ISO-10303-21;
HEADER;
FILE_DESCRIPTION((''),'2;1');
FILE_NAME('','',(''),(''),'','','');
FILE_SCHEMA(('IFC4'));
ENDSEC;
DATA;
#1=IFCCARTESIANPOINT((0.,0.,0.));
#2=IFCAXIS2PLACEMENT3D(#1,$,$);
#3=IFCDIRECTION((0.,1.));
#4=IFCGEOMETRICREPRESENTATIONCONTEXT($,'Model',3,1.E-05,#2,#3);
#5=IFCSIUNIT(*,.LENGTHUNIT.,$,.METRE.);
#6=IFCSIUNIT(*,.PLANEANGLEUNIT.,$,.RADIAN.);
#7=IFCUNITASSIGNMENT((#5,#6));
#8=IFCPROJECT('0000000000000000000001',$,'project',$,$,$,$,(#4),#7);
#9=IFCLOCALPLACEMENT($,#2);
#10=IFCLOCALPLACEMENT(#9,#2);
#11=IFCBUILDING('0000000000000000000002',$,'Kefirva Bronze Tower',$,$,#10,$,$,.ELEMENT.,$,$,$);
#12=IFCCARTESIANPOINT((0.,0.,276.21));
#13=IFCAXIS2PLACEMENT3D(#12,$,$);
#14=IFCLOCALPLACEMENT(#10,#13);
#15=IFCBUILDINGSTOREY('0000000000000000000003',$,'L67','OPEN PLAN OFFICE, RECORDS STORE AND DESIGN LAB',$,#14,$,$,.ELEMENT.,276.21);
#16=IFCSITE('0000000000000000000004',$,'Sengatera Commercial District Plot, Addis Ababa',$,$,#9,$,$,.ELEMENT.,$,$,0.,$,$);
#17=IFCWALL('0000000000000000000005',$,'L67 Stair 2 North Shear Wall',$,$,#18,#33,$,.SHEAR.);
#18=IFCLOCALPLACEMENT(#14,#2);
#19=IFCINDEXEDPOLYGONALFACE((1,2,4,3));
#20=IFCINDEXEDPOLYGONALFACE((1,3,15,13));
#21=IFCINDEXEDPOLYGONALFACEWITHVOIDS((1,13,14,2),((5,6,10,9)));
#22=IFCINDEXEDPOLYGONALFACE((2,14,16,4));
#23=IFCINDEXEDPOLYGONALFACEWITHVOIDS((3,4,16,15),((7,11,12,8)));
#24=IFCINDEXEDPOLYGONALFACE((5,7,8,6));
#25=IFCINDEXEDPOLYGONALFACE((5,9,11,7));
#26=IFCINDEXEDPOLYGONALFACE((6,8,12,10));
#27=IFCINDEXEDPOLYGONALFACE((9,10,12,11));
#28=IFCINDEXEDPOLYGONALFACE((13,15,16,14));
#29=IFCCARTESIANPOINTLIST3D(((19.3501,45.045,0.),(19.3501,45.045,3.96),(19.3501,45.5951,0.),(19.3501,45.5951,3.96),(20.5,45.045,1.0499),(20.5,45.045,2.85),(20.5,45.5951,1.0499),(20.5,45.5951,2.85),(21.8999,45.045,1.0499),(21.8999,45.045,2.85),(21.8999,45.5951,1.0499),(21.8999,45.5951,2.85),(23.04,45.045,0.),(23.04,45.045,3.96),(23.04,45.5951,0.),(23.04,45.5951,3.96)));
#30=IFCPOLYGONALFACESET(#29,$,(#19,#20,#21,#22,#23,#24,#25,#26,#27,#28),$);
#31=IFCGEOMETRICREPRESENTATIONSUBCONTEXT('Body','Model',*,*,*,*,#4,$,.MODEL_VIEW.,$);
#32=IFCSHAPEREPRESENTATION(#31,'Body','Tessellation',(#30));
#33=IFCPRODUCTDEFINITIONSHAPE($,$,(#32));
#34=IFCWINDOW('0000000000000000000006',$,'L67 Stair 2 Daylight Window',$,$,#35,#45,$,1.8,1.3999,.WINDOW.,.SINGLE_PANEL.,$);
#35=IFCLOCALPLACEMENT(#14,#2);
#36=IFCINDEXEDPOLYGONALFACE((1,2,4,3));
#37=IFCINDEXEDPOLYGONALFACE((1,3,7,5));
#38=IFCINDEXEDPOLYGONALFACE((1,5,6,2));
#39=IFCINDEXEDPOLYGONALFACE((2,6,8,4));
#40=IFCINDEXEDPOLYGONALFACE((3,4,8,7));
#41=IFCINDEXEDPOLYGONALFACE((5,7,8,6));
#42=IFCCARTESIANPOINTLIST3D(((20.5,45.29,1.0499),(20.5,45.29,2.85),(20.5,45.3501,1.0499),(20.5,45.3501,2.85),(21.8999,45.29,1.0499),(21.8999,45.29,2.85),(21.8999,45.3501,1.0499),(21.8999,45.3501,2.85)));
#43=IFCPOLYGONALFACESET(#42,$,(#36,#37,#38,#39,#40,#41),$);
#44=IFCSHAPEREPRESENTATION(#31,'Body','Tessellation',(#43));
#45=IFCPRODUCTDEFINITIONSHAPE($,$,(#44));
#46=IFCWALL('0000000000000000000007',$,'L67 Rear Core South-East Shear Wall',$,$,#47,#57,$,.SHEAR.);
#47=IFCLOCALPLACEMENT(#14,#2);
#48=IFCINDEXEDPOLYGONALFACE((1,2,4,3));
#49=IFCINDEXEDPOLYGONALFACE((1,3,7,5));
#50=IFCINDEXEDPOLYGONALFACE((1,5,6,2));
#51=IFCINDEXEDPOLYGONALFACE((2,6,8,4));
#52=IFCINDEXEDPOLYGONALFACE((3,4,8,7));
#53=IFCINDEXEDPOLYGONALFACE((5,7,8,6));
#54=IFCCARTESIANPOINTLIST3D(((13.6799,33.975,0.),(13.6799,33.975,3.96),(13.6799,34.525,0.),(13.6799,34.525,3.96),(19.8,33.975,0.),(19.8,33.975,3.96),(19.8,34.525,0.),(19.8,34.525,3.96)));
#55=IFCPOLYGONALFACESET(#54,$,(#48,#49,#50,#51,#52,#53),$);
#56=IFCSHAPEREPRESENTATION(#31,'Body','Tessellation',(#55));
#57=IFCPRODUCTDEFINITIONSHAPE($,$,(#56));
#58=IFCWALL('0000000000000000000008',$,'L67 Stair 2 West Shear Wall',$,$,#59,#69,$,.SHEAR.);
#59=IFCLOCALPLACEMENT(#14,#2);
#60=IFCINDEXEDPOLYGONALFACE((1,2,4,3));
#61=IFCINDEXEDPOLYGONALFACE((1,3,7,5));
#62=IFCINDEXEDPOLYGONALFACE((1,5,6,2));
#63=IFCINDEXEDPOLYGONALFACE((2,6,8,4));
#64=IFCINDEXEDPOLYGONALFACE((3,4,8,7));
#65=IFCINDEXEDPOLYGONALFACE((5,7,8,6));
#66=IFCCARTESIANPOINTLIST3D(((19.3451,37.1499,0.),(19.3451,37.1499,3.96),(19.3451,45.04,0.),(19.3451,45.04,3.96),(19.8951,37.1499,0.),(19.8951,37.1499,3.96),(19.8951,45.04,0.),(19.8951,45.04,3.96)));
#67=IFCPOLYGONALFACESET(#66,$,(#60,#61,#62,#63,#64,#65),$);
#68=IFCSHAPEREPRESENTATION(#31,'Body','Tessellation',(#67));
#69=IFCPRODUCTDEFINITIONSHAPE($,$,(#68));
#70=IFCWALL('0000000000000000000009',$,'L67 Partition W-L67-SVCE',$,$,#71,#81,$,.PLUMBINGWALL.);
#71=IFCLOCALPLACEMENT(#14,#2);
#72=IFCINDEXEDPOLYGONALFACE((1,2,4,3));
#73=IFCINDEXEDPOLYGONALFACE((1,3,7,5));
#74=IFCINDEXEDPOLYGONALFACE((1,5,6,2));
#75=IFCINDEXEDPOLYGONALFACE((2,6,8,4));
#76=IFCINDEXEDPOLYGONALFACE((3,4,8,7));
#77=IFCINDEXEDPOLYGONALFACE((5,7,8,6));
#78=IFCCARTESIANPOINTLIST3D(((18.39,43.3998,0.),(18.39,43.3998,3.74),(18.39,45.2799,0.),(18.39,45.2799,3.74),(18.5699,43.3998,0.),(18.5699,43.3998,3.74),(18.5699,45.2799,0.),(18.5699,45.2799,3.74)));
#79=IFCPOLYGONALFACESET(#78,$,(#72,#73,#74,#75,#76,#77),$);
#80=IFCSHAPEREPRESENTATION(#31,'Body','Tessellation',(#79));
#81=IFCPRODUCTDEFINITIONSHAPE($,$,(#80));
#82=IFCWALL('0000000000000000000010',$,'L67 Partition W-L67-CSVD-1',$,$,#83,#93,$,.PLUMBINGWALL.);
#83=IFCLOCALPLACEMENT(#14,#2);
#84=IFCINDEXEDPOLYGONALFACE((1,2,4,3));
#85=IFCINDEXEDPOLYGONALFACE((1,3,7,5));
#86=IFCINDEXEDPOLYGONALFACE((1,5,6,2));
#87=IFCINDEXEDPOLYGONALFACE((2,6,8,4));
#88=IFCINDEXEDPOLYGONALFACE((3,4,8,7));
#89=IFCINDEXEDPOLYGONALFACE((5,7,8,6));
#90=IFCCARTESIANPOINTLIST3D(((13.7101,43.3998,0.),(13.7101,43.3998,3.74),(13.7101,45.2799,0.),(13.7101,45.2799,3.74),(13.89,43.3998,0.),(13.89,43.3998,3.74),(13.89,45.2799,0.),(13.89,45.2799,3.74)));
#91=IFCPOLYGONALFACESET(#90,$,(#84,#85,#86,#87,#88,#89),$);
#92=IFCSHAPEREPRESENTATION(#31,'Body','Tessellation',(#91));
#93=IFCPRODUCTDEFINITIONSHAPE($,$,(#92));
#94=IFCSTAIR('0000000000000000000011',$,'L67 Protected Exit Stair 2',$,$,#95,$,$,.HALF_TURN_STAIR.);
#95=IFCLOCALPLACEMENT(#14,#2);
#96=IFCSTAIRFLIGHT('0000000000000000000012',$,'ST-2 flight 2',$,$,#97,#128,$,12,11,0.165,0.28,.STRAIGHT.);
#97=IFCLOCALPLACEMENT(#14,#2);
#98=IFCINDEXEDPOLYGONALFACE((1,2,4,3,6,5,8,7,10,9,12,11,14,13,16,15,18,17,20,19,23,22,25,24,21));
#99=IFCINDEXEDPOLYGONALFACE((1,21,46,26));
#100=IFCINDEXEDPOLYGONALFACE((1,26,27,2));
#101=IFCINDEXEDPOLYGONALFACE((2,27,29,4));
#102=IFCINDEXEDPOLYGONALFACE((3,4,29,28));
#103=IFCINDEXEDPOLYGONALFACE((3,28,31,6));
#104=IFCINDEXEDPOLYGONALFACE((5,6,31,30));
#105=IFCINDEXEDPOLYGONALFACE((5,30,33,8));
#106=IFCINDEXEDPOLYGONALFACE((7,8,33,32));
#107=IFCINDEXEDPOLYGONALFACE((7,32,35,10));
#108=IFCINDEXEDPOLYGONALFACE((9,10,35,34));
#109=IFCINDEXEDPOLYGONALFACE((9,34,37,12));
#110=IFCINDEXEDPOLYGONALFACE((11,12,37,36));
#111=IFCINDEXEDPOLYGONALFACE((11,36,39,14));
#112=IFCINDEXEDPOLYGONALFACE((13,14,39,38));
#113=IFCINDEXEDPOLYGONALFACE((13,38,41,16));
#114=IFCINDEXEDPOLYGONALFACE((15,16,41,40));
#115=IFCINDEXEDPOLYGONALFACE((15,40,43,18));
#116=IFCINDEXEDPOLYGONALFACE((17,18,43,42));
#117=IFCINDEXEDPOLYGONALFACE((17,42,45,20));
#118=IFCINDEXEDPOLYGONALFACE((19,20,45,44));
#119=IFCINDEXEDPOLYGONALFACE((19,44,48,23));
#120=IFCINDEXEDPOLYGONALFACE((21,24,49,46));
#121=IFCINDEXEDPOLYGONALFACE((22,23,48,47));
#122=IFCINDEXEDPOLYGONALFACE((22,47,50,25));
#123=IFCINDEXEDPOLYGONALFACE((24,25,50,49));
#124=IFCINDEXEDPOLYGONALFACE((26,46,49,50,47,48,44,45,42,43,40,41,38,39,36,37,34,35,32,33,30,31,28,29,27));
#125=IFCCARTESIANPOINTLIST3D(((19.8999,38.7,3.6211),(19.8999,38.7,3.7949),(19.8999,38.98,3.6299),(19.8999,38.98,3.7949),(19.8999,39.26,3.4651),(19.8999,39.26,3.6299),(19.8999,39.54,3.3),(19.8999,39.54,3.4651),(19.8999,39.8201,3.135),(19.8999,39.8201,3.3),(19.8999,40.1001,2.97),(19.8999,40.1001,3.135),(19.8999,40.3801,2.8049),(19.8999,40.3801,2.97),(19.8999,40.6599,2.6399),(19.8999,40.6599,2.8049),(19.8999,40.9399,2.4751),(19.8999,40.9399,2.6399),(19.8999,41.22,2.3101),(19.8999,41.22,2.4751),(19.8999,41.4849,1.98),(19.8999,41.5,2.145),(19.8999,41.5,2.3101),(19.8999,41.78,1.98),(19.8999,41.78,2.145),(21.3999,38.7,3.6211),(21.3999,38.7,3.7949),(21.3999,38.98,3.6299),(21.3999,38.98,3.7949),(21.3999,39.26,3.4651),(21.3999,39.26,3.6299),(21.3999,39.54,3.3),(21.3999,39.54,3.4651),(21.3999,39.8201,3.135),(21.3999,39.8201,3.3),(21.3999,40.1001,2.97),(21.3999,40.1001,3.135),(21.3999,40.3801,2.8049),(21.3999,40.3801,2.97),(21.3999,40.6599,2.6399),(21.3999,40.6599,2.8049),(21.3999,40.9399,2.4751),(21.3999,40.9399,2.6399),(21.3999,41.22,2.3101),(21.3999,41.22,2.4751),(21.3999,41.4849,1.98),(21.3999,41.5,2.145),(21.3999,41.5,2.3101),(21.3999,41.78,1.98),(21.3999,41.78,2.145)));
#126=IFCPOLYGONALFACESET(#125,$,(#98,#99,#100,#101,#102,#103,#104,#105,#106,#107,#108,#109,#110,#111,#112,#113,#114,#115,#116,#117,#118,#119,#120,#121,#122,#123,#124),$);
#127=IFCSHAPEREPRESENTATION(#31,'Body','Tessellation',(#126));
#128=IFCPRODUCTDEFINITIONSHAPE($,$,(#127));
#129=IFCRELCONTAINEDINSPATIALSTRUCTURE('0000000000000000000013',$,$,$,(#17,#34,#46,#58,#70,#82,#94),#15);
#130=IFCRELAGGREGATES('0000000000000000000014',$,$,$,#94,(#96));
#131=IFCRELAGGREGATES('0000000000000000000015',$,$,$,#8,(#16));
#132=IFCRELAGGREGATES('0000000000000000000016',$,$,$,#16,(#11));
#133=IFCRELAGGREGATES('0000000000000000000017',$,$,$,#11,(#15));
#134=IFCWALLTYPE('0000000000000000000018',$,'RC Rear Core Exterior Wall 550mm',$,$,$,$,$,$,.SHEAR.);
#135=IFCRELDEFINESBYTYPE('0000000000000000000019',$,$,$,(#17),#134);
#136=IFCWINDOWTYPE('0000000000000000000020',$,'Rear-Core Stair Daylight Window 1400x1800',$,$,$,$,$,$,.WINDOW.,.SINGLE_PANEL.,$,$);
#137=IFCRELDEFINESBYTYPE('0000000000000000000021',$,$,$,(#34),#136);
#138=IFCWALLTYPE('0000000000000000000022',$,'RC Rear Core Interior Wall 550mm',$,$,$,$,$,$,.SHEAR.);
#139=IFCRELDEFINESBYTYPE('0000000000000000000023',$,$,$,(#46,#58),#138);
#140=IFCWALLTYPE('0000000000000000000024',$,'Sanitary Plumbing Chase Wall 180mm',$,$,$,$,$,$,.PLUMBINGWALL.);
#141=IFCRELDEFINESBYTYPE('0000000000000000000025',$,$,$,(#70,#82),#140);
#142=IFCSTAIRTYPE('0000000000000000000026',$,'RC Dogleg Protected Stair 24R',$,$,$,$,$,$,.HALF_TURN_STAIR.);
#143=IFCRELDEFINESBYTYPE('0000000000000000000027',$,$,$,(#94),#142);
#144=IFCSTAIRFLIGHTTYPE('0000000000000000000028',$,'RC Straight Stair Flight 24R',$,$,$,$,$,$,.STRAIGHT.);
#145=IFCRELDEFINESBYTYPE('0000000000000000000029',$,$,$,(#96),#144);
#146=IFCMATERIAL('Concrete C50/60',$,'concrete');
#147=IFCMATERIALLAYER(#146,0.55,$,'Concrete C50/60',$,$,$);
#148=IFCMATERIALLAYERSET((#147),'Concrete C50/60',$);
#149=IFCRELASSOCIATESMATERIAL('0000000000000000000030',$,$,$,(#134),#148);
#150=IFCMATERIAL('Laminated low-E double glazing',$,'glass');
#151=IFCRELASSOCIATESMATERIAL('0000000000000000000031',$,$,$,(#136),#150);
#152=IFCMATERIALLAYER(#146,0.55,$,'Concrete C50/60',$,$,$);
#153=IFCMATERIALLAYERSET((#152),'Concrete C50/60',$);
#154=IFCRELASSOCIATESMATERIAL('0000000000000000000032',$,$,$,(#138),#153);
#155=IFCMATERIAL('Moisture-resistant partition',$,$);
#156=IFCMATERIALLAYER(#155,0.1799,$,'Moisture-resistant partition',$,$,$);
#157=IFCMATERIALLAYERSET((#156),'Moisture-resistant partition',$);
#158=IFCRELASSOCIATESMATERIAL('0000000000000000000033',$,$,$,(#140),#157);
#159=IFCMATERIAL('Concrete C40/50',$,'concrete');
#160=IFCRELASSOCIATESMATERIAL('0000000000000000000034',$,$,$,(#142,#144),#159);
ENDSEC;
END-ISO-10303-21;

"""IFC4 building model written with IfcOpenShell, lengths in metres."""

from ifc_helpers import new_model, si_unit, direction, frame, frame_2d, origin, place, context, subcontext, project, spatial, polyline, rectangle, outline, extrude, material, layer, layer_set, type_object, element, fill, aggregate, save


model = new_model("IFC4")

# Units and contexts
model_context = context("Model", 3, precision=1e-05, world=origin(), true_north=direction((0.0, 1.0)))
body_context = subcontext(model_context, "Body", "Model", "MODEL_VIEW")
ifc_project = project(units=[si_unit("LENGTHUNIT", "METRE"), si_unit("PLANEANGLEUNIT", "RADIAN")], contexts=[model_context])

# Site, building, storey
site_placement = place(None, origin())
site = spatial("IfcSite", under=ifc_project, at=site_placement, Name="Sengatera Commercial District Plot, Addis Ababa", CompositionType="ELEMENT", RefElevation=0.0)
building_placement = place(site_placement, origin())
building = spatial("IfcBuilding", under=site, at=building_placement, Name="Kefirva Bronze Tower", CompositionType="ELEMENT")
storey_placement = place(building_placement, frame((0.0, 0.0, 276.21)))
storey = spatial("IfcBuildingStorey", under=building, at=storey_placement, Name="L67", Description="OPEN PLAN OFFICE, RECORDS STORE AND DESIGN LAB", CompositionType="ELEMENT", Elevation=276.21)

# Shared definitions
ifc_material_1 = material(Name="Concrete C50/60", Category="concrete")

# Wall, opening, window
ifc_layer_1 = layer(ifc_material_1, 0.55, Name="Concrete C50/60")
ifc_layer_set_1 = layer_set([ifc_layer_1], Name="Concrete C50/60")
wall_type_1 = type_object("IfcWallType", Name="RC Rear Core Exterior Wall 550mm", PredefinedType="SHEAR", material=ifc_layer_set_1)
wall_1_placement = place(storey_placement, frame((19.3501, 45.3201, 0.0), z_axis=(0.0, 0.0, 1.0), x_axis=(1.0, 0.0, 0.0)))
wall_1 = element("IfcWall", 1, at=wall_1_placement, inside=storey, type_object=wall_type_1, Name="L67 Stair 2 North Shear Wall", PredefinedType="SHEAR", context=body_context, shape_type="SweptSolid", body=[
    extrude(rectangle(XDim=3.6899, YDim=0.55, at=frame_2d((1.845, 0.0))), origin(), (0.0, 0.0, 1.0), 3.96),
])
opening_1_placement = place(wall_1_placement, frame((1.1499, 0.0, 1.05)))
opening_1 = element("IfcOpeningElement", 2, at=opening_1_placement, cuts=wall_1, PredefinedType="OPENING", context=body_context, shape_type="SweptSolid", body=[
    extrude(rectangle(XDim=1.3999, YDim=1.8, at=frame_2d((0.7, 0.8999))), frame((0.0, 0.2852, 0.0), z_axis=(0.0, -1.0, 0.0), x_axis=(1.0, 0.0, 0.0)), (0.0, 0.0, 1.0), 0.5701),
])
ifc_material_2 = material(Name="Laminated low-E double glazing", Category="glass")
window_type = type_object("IfcWindowType", Name="Rear-Core Stair Daylight Window 1400x1800", PartitioningType="SINGLE_PANEL", PredefinedType="WINDOW", material=ifc_material_2)
window_placement = place(opening_1_placement, origin())
window = element("IfcWindow", 3, at=window_placement, inside=storey, type_object=window_type, Name="L67 Stair 2 Daylight Window", OverallHeight=1.8, OverallWidth=1.3999, PartitioningType="SINGLE_PANEL", PredefinedType="WINDOW", context=body_context, shape_type="SweptSolid", body=[
    extrude(rectangle(XDim=1.3999, YDim=1.8, at=frame_2d((0.7, 0.8999))), frame((0.0, 0.03, 0.0), z_axis=(0.0, -1.0, 0.0), x_axis=(1.0, 0.0, 0.0)), (0.0, 0.0, 1.0), 0.0601),
])
fill(opening_1, window)

# Walls
ifc_layer_2 = layer(ifc_material_1, 0.55, Name="Concrete C50/60")
ifc_layer_set_2 = layer_set([ifc_layer_2], Name="Concrete C50/60")
wall_type_2 = type_object("IfcWallType", Name="RC Rear Core Interior Wall 550mm", PredefinedType="SHEAR", material=ifc_layer_set_2)
wall_2_placement = place(storey_placement, frame((13.6799, 34.25, 0.0), z_axis=(0.0, 0.0, 1.0), x_axis=(1.0, 0.0, 0.0)))
element("IfcWall", 4, at=wall_2_placement, inside=storey, type_object=wall_type_2, Name="L67 Rear Core South-East Shear Wall", PredefinedType="SHEAR", context=body_context, shape_type="SweptSolid", body=[
    extrude(rectangle(XDim=6.1201, YDim=0.55, at=frame_2d((3.0601, 0.0))), origin(), (0.0, 0.0, 1.0), 3.96),
])
wall_3_placement = place(storey_placement, frame((19.6201, 37.1499, 0.0), z_axis=(0.0, 0.0, 1.0), x_axis=(0.0, 1.0, 0.0)))
element("IfcWall", 5, at=wall_3_placement, inside=storey, type_object=wall_type_2, Name="L67 Stair 2 West Shear Wall", PredefinedType="SHEAR", context=body_context, shape_type="SweptSolid", body=[
    extrude(rectangle(XDim=7.8901, YDim=0.55, at=frame_2d((3.9451, 0.0))), origin(), (0.0, 0.0, 1.0), 3.96),
])
ifc_material_3 = material(Name="Moisture-resistant partition")
ifc_layer_3 = layer(ifc_material_3, 0.1799, Name="Moisture-resistant partition")
ifc_layer_set_3 = layer_set([ifc_layer_3], Name="Moisture-resistant partition")
wall_type_3 = type_object("IfcWallType", Name="Sanitary Plumbing Chase Wall 180mm", PredefinedType="PLUMBINGWALL", material=ifc_layer_set_3)
for number, where, z_axis, x_axis, name in (
    (6, (18.48, 43.3999, 0.0), (0.0, 0.0, 1.0), (0.0, 1.0, 0.0), "L67 Partition W-L67-SVCE"),
    (7, (13.8, 43.3999, 0.0), (0.0, 0.0, 1.0), (0.0, 1.0, 0.0), "L67 Partition W-L67-CSVD-1"),
):
    element("IfcWall", number, at=place(storey_placement, frame(where, z_axis=z_axis, x_axis=x_axis)), inside=storey, type_object=wall_type_3, Name=name, PredefinedType="PLUMBINGWALL", context=body_context, shape_type="SweptSolid", body=[
        extrude(rectangle(XDim=1.8801, YDim=0.1799, at=frame_2d((0.9399, 0.0))), origin(), (0.0, 0.0, 1.0), 3.74),
    ])

# Stair, stair flight
ifc_material_4 = material(Name="Concrete C40/50", Category="concrete")
stair_type = type_object("IfcStairType", Name="RC Dogleg Protected Stair 24R", PredefinedType="HALF_TURN_STAIR", material=ifc_material_4)
stair_placement = place(storey_placement, origin())
stair = element("IfcStair", 8, at=stair_placement, inside=storey, type_object=stair_type, Name="L67 Protected Exit Stair 2", PredefinedType="HALF_TURN_STAIR")
stair_flight_type = type_object("IfcStairFlightType", Name="RC Straight Stair Flight 24R", PredefinedType="STRAIGHT", material=ifc_material_4)
stair_flight_placement = place(storey_placement, frame((20.6499, 41.78, 1.98), z_axis=(0.0, 0.0, 1.0), x_axis=(0.0, -1.0, 0.0)))
stair_flight = element("IfcStairFlight", 9, at=stair_flight_placement, type_object=stair_flight_type, Name="ST-2 flight 2", NumberOfRisers=12, NumberOfTreads=11, PredefinedType="STRAIGHT", RiserHeight=0.165, TreadLength=0.28, context=body_context, shape_type="SweptSolid", body=[
    extrude(outline(polyline([(0.0, 0.0), (0.0, 0.165), (0.28, 0.165), (0.28, 0.3301), (0.5601, 0.3301), (0.5601, 0.4951), (0.8401, 0.4951), (0.8401, 0.6599), (1.1201, 0.6599), (1.1201, 0.825), (1.3999, 0.825), (1.3999, 0.99), (1.6799, 0.99), (1.6799, 1.155), (1.96, 1.155), (1.96, 1.3201), (2.24, 1.3201), (2.24, 1.4851), (2.52, 1.4851), (2.52, 1.6499), (2.8, 1.6499), (2.8, 1.8149), (3.0801, 1.8149), (3.0801, 1.98), (3.0801, 1.6411), (0.2952, 0.0), (0.0, 0.0)])), frame((0.0, 0.75, 0.0), z_axis=(0.0, -1.0, 0.0), x_axis=(1.0, 0.0, 0.0)), (0.0, 0.0, 1.0), 1.5),
])
aggregate(stair, [stair_flight])

save(model, "model.ifc")
